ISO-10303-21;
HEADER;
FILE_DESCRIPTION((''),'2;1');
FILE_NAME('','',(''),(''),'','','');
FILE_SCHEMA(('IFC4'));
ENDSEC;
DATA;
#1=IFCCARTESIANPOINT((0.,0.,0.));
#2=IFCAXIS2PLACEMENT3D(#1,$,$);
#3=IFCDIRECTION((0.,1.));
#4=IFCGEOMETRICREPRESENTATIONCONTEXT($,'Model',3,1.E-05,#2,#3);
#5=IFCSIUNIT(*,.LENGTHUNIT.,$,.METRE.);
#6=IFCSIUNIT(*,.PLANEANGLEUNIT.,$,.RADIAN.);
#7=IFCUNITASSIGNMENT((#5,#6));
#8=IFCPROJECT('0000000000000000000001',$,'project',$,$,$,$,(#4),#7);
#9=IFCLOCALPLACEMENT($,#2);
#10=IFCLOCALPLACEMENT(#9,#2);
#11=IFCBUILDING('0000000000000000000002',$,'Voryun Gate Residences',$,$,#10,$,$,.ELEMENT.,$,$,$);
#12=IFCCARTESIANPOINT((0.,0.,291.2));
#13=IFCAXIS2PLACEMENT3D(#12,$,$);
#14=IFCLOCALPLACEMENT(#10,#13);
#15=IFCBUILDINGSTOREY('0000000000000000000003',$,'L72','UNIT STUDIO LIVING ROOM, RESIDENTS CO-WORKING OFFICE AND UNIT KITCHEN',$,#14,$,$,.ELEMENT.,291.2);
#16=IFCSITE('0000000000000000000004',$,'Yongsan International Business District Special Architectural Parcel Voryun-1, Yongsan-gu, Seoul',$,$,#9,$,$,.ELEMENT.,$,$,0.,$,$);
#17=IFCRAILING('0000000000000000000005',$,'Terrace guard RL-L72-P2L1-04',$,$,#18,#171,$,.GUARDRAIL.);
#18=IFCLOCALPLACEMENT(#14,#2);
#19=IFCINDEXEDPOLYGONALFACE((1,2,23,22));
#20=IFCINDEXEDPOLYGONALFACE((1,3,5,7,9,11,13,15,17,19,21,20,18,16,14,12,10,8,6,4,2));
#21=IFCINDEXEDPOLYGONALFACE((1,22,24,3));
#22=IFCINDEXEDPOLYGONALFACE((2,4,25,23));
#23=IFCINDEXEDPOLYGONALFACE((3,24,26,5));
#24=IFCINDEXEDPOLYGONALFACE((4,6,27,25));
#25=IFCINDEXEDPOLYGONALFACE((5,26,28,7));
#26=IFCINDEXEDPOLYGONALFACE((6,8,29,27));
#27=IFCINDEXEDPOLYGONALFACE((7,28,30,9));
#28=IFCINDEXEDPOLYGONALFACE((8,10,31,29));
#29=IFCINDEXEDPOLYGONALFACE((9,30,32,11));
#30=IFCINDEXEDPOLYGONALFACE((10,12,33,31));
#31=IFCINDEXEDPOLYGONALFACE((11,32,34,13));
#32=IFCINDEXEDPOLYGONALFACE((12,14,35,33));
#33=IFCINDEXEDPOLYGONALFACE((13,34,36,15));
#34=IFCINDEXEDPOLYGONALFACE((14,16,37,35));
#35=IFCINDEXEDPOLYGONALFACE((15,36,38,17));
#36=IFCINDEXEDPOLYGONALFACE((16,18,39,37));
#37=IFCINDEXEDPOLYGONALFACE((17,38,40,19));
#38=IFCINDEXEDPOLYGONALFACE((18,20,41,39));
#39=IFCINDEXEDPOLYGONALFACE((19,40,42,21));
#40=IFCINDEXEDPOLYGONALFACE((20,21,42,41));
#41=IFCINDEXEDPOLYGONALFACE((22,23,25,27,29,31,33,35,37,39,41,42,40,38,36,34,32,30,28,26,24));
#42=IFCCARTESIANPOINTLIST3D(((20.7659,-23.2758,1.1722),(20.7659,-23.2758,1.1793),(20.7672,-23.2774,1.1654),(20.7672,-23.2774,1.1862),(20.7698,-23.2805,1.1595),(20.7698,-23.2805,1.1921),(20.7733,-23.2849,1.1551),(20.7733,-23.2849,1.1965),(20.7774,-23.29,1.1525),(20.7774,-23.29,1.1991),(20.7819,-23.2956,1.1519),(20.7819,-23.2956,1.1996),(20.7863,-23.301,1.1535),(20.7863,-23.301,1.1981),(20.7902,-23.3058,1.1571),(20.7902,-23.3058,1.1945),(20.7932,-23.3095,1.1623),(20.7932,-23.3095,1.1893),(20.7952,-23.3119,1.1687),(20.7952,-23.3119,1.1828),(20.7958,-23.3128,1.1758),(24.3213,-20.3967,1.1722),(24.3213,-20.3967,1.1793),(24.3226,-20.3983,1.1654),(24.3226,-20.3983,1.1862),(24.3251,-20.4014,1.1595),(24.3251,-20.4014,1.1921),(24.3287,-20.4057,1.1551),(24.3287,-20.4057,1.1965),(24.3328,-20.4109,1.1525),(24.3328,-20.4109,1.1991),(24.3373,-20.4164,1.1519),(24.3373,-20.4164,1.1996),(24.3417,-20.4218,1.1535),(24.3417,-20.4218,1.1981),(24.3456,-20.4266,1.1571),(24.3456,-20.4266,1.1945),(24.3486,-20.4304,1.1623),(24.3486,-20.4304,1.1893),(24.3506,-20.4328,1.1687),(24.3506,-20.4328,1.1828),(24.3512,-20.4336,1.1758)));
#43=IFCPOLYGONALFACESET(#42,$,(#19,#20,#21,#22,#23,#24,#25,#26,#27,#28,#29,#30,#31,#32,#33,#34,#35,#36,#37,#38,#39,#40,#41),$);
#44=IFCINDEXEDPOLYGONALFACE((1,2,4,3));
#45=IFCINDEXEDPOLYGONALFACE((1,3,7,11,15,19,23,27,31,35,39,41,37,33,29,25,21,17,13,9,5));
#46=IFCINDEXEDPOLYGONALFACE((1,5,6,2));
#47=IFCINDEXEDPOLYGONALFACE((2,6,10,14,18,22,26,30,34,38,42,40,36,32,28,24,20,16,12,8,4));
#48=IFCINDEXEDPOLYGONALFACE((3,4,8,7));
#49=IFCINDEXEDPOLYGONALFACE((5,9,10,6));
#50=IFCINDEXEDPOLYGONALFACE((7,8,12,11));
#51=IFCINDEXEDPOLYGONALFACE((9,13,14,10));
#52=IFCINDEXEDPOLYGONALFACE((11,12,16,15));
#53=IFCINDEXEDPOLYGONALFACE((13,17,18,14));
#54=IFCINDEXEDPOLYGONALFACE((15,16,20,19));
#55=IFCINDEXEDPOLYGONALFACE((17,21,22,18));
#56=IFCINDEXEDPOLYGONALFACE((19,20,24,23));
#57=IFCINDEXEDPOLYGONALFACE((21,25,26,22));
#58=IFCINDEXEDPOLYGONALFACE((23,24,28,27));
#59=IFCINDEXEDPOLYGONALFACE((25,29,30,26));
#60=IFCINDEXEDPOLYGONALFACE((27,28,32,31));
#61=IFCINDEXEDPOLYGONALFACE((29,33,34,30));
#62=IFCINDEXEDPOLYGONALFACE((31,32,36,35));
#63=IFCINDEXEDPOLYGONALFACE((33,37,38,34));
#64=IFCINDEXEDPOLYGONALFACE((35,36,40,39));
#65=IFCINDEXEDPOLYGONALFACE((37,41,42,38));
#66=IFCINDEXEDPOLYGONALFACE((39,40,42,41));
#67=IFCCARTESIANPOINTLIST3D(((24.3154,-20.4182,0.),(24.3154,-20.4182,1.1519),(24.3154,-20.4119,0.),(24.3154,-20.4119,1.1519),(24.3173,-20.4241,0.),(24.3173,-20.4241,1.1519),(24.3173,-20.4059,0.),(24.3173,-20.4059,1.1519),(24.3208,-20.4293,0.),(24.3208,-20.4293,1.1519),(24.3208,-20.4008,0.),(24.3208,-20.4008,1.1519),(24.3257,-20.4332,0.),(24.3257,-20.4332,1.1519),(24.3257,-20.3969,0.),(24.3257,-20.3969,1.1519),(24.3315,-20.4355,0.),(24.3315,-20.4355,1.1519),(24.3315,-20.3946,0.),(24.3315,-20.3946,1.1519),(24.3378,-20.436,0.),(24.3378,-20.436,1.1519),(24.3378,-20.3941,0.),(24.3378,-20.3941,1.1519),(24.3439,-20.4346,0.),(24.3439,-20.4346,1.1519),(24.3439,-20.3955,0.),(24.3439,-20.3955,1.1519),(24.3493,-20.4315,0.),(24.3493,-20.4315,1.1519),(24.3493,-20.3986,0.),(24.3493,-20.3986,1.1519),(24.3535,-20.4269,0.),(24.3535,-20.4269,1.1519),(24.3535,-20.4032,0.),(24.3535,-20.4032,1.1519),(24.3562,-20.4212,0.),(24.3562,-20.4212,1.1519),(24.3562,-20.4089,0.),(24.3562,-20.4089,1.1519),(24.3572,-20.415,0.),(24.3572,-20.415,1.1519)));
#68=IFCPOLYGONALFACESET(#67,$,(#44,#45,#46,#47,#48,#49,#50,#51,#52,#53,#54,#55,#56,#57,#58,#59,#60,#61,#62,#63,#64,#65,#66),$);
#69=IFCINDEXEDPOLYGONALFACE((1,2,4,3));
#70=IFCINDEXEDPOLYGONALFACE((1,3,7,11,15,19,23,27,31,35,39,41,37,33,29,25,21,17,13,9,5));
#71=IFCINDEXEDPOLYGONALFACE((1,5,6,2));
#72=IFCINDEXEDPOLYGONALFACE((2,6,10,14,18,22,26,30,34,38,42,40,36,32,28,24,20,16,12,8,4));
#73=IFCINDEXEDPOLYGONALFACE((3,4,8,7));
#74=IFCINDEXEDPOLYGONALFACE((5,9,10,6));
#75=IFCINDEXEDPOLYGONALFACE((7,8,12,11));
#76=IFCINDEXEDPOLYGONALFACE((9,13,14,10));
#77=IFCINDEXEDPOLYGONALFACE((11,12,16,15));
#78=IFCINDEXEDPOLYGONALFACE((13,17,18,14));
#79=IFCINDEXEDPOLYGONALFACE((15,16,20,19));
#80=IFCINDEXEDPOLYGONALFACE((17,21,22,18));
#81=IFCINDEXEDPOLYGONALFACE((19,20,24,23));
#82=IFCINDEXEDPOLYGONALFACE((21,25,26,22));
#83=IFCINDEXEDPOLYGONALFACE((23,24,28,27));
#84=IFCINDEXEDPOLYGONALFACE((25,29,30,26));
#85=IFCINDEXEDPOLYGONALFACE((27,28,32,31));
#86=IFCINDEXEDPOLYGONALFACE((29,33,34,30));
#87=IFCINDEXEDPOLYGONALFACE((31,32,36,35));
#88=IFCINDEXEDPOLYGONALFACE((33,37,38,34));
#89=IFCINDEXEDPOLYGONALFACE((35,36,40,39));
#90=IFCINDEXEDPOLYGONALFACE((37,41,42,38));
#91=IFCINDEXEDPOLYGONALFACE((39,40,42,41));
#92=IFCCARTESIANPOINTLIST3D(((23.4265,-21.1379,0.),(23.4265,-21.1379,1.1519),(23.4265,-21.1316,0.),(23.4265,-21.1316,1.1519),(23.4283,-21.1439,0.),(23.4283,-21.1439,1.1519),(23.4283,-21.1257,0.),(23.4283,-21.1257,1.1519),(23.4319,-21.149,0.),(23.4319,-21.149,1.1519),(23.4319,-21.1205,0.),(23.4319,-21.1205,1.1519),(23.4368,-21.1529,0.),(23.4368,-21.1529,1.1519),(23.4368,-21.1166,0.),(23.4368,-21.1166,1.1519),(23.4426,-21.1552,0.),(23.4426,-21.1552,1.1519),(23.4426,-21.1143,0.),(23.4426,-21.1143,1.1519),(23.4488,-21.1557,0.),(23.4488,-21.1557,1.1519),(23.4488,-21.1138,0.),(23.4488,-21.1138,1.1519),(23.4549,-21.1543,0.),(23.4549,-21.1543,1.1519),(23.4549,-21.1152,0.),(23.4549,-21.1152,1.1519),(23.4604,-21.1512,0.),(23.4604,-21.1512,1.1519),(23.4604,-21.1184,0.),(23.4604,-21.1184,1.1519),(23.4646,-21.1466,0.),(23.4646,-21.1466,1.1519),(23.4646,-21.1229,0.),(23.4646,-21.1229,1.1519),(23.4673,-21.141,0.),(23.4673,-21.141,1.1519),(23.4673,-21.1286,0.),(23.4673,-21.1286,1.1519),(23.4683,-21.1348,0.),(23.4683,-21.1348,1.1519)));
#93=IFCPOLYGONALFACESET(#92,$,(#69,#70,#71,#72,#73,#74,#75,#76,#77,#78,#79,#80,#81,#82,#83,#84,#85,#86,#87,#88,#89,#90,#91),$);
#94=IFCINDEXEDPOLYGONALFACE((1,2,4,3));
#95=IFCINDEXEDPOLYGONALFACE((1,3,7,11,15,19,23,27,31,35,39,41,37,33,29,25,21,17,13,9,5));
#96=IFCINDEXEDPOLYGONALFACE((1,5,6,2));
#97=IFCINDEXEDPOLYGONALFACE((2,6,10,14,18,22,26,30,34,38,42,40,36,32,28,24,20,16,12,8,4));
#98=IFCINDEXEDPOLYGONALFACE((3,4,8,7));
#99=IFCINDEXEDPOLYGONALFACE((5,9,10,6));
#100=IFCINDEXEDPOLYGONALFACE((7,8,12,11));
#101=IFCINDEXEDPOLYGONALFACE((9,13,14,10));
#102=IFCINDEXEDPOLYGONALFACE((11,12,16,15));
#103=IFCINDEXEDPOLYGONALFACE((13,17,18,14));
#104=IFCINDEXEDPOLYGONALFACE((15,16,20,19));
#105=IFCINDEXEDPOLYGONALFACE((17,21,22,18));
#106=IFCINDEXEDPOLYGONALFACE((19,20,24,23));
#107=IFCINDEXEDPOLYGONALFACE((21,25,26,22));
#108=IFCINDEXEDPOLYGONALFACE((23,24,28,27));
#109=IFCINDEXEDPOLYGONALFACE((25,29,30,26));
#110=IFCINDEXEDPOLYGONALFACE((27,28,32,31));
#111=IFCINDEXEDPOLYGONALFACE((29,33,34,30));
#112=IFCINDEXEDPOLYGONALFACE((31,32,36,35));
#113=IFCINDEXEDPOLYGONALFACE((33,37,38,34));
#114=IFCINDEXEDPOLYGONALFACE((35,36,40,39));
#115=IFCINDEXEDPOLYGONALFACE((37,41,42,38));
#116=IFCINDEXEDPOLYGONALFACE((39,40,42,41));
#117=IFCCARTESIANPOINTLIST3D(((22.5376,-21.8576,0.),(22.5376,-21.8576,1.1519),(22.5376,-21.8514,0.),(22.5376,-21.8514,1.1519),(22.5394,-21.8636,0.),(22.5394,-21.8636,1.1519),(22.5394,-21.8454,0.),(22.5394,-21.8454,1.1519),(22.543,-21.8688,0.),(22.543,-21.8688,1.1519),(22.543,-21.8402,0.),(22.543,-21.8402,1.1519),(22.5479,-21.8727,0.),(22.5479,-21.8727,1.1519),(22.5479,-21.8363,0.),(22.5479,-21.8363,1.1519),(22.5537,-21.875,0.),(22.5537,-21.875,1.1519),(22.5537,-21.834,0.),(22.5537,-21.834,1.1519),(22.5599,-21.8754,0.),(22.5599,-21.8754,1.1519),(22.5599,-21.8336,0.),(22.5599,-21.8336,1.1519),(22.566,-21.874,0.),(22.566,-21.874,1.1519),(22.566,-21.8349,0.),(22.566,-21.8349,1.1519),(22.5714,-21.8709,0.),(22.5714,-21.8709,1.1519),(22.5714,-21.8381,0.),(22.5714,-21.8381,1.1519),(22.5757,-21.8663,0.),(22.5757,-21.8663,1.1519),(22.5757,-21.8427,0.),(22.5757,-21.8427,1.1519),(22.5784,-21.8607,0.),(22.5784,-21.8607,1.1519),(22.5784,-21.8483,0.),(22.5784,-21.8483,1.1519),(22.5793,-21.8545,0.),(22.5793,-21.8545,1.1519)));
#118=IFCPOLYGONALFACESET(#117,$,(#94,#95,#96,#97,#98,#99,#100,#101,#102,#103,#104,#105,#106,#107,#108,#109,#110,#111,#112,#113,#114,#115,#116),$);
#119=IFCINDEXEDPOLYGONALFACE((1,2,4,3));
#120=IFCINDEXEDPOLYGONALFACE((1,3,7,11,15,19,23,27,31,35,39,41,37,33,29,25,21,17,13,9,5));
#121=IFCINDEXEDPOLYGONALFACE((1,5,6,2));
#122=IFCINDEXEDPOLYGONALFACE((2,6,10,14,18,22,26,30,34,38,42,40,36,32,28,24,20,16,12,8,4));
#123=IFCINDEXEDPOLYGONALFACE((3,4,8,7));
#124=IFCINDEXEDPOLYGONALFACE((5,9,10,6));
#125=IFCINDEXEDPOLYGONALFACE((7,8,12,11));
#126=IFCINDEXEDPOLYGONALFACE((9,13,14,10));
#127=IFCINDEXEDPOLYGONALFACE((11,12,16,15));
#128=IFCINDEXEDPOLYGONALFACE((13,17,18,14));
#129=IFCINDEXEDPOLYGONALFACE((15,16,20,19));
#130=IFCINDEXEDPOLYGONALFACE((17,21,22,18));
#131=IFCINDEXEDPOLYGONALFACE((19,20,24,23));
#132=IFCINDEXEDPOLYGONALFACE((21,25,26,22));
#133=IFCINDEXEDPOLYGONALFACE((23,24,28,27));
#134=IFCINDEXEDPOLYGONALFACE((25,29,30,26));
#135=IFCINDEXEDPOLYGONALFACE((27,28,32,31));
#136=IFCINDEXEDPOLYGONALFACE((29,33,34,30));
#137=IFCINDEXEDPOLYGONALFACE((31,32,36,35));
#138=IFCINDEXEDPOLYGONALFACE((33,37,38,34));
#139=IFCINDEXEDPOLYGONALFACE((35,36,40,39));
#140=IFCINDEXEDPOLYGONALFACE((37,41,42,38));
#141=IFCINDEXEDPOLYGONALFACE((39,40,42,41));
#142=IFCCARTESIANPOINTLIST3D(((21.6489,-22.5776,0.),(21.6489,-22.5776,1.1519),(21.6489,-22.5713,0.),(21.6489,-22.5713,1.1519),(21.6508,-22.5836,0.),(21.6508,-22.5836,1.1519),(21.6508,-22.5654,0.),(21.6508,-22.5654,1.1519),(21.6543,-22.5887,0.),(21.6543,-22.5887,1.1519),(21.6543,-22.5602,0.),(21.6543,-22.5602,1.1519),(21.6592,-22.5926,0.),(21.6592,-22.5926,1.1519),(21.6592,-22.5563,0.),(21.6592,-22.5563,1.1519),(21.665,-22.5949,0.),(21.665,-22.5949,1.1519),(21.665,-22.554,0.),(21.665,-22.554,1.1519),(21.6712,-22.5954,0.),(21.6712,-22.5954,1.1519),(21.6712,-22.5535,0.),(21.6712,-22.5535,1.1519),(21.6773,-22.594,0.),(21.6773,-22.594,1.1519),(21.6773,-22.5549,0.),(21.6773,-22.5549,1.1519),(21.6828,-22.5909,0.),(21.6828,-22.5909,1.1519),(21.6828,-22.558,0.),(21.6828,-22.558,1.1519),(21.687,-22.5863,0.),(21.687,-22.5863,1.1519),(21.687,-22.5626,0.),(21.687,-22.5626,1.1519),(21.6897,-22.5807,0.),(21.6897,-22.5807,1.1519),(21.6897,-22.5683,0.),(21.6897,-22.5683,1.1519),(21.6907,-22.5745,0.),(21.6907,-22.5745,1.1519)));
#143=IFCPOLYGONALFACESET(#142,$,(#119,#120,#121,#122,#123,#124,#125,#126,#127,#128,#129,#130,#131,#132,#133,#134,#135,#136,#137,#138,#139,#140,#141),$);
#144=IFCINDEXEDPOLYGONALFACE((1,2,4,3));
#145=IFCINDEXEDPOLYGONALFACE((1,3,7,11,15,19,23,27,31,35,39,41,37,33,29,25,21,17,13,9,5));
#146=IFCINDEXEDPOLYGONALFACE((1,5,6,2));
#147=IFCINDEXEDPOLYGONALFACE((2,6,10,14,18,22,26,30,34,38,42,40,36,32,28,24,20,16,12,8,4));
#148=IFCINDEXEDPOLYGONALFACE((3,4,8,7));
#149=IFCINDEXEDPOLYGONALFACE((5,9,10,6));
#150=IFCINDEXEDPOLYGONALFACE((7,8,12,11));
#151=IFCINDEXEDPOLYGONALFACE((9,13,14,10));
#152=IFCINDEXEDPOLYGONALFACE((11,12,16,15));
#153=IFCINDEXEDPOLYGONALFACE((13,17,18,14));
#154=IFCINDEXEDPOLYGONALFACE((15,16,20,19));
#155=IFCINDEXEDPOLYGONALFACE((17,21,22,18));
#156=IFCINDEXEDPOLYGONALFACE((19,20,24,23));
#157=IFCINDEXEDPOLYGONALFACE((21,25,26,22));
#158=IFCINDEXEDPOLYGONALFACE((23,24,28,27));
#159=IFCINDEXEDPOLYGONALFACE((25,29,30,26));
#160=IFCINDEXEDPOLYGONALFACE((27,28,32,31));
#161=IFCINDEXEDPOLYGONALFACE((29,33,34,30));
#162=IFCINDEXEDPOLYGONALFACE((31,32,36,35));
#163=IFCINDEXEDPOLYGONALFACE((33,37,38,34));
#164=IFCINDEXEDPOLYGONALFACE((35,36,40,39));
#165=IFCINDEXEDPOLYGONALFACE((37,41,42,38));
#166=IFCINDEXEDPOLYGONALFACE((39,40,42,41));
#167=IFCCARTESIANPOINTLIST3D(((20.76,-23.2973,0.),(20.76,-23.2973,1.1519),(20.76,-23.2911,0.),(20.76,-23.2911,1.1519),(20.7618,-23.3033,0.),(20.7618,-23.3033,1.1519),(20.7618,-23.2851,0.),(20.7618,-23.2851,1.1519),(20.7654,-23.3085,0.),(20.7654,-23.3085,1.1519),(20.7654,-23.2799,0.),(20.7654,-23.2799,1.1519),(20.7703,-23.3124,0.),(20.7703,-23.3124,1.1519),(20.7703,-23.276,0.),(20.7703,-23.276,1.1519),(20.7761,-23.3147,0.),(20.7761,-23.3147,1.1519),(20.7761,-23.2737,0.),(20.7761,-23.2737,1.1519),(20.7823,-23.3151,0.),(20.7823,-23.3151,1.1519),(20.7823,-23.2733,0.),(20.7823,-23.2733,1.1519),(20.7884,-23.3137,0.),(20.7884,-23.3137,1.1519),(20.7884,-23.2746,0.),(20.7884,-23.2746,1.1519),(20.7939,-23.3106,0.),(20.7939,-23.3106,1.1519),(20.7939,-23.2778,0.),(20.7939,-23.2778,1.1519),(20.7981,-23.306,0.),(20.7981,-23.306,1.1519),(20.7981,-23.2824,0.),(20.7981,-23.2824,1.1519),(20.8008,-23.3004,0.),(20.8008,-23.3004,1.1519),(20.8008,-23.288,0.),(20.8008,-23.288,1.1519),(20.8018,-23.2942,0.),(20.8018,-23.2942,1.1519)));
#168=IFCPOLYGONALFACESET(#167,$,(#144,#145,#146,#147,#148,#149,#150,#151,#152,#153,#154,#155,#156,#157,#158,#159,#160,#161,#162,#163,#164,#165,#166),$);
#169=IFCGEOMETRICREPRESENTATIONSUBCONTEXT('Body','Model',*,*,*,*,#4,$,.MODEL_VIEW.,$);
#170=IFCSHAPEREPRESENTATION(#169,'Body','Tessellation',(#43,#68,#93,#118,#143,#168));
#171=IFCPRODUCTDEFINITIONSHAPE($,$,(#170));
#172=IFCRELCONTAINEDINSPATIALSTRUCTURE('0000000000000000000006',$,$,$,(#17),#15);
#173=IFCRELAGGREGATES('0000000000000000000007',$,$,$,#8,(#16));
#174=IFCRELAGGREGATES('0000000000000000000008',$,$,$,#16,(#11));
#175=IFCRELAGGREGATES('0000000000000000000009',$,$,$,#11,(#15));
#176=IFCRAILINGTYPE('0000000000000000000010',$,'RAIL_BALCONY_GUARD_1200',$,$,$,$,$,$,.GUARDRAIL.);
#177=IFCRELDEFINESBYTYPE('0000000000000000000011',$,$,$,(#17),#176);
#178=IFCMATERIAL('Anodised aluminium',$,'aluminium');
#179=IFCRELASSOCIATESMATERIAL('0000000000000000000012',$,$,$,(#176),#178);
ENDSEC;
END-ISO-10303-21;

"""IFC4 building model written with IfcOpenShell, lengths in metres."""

from ifc_helpers import new_model, si_unit, direction, frame, origin, origin_2d, place, context, subcontext, project, spatial, circle, extrude, material, type_object, element, save


model = new_model("IFC4")

# Units and contexts
model_context = context("Model", 3, precision=1e-05, world=origin(), true_north=direction((0.0, 1.0)))
body_context = subcontext(model_context, "Body", "Model", "MODEL_VIEW")
ifc_project = project(units=[si_unit("LENGTHUNIT", "METRE"), si_unit("PLANEANGLEUNIT", "RADIAN")], contexts=[model_context])

# Site, building, storey
site_placement = place(None, origin())
site = spatial("IfcSite", under=ifc_project, at=site_placement, Name="Yongsan International Business District Special Architectural Parcel Voryun-1, Yongsan-gu, Seoul", CompositionType="ELEMENT", RefElevation=0.0)
building_placement = place(site_placement, origin())
building = spatial("IfcBuilding", under=site, at=building_placement, Name="Voryun Gate Residences", CompositionType="ELEMENT")
storey_placement = place(building_placement, frame((0.0, 0.0, 291.2)))
storey = spatial("IfcBuildingStorey", under=building, at=storey_placement, Name="L72", Description="UNIT STUDIO LIVING ROOM, RESIDENTS CO-WORKING OFFICE AND UNIT KITCHEN", CompositionType="ELEMENT", Elevation=291.2)

# Railing
ifc_material_1 = material(Name="Anodised aluminium", Category="aluminium")
railing_type = type_object("IfcRailingType", Name="RAIL_BALCONY_GUARD_1200", PredefinedType="GUARDRAIL", material=ifc_material_1)
railing_1_placement = place(storey_placement, frame((24.3362, -20.415, 0.0)))
element("IfcRailing", 1, at=railing_1_placement, inside=storey, type_object=railing_type, Name="Terrace guard RL-L72-P2L1-04", PredefinedType="GUARDRAIL", context=body_context, shape_type="SweptSolid", body=[
    extrude(circle(Radius=0.0239, at=origin_2d()), frame((0.0, 0.0, 1.1758), z_axis=(-0.777143, -0.629324, 0.0), x_axis=(0.629324, -0.777143, 0.0)), (0.0, 0.0, 1.0), 4.575),
    extrude(circle(Radius=0.021, at=origin_2d()), origin(), (0.0, 0.0, 1.0), 1.1519),
    extrude(circle(Radius=0.021, at=origin_2d()), frame((-0.8889, -0.7197, 0.0)), (0.0, 0.0, 1.0), 1.1519),
    extrude(circle(Radius=0.021, at=origin_2d()), frame((-1.7778, -1.4395, 0.0)), (0.0, 0.0, 1.0), 1.1519),
    extrude(circle(Radius=0.021, at=origin_2d()), frame((-2.6665, -2.1594, 0.0)), (0.0, 0.0, 1.0), 1.1519),
    extrude(circle(Radius=0.021, at=origin_2d()), frame((-3.5554, -2.8792, 0.0)), (0.0, 0.0, 1.0), 1.1519),
])

save(model, "model.ifc")
